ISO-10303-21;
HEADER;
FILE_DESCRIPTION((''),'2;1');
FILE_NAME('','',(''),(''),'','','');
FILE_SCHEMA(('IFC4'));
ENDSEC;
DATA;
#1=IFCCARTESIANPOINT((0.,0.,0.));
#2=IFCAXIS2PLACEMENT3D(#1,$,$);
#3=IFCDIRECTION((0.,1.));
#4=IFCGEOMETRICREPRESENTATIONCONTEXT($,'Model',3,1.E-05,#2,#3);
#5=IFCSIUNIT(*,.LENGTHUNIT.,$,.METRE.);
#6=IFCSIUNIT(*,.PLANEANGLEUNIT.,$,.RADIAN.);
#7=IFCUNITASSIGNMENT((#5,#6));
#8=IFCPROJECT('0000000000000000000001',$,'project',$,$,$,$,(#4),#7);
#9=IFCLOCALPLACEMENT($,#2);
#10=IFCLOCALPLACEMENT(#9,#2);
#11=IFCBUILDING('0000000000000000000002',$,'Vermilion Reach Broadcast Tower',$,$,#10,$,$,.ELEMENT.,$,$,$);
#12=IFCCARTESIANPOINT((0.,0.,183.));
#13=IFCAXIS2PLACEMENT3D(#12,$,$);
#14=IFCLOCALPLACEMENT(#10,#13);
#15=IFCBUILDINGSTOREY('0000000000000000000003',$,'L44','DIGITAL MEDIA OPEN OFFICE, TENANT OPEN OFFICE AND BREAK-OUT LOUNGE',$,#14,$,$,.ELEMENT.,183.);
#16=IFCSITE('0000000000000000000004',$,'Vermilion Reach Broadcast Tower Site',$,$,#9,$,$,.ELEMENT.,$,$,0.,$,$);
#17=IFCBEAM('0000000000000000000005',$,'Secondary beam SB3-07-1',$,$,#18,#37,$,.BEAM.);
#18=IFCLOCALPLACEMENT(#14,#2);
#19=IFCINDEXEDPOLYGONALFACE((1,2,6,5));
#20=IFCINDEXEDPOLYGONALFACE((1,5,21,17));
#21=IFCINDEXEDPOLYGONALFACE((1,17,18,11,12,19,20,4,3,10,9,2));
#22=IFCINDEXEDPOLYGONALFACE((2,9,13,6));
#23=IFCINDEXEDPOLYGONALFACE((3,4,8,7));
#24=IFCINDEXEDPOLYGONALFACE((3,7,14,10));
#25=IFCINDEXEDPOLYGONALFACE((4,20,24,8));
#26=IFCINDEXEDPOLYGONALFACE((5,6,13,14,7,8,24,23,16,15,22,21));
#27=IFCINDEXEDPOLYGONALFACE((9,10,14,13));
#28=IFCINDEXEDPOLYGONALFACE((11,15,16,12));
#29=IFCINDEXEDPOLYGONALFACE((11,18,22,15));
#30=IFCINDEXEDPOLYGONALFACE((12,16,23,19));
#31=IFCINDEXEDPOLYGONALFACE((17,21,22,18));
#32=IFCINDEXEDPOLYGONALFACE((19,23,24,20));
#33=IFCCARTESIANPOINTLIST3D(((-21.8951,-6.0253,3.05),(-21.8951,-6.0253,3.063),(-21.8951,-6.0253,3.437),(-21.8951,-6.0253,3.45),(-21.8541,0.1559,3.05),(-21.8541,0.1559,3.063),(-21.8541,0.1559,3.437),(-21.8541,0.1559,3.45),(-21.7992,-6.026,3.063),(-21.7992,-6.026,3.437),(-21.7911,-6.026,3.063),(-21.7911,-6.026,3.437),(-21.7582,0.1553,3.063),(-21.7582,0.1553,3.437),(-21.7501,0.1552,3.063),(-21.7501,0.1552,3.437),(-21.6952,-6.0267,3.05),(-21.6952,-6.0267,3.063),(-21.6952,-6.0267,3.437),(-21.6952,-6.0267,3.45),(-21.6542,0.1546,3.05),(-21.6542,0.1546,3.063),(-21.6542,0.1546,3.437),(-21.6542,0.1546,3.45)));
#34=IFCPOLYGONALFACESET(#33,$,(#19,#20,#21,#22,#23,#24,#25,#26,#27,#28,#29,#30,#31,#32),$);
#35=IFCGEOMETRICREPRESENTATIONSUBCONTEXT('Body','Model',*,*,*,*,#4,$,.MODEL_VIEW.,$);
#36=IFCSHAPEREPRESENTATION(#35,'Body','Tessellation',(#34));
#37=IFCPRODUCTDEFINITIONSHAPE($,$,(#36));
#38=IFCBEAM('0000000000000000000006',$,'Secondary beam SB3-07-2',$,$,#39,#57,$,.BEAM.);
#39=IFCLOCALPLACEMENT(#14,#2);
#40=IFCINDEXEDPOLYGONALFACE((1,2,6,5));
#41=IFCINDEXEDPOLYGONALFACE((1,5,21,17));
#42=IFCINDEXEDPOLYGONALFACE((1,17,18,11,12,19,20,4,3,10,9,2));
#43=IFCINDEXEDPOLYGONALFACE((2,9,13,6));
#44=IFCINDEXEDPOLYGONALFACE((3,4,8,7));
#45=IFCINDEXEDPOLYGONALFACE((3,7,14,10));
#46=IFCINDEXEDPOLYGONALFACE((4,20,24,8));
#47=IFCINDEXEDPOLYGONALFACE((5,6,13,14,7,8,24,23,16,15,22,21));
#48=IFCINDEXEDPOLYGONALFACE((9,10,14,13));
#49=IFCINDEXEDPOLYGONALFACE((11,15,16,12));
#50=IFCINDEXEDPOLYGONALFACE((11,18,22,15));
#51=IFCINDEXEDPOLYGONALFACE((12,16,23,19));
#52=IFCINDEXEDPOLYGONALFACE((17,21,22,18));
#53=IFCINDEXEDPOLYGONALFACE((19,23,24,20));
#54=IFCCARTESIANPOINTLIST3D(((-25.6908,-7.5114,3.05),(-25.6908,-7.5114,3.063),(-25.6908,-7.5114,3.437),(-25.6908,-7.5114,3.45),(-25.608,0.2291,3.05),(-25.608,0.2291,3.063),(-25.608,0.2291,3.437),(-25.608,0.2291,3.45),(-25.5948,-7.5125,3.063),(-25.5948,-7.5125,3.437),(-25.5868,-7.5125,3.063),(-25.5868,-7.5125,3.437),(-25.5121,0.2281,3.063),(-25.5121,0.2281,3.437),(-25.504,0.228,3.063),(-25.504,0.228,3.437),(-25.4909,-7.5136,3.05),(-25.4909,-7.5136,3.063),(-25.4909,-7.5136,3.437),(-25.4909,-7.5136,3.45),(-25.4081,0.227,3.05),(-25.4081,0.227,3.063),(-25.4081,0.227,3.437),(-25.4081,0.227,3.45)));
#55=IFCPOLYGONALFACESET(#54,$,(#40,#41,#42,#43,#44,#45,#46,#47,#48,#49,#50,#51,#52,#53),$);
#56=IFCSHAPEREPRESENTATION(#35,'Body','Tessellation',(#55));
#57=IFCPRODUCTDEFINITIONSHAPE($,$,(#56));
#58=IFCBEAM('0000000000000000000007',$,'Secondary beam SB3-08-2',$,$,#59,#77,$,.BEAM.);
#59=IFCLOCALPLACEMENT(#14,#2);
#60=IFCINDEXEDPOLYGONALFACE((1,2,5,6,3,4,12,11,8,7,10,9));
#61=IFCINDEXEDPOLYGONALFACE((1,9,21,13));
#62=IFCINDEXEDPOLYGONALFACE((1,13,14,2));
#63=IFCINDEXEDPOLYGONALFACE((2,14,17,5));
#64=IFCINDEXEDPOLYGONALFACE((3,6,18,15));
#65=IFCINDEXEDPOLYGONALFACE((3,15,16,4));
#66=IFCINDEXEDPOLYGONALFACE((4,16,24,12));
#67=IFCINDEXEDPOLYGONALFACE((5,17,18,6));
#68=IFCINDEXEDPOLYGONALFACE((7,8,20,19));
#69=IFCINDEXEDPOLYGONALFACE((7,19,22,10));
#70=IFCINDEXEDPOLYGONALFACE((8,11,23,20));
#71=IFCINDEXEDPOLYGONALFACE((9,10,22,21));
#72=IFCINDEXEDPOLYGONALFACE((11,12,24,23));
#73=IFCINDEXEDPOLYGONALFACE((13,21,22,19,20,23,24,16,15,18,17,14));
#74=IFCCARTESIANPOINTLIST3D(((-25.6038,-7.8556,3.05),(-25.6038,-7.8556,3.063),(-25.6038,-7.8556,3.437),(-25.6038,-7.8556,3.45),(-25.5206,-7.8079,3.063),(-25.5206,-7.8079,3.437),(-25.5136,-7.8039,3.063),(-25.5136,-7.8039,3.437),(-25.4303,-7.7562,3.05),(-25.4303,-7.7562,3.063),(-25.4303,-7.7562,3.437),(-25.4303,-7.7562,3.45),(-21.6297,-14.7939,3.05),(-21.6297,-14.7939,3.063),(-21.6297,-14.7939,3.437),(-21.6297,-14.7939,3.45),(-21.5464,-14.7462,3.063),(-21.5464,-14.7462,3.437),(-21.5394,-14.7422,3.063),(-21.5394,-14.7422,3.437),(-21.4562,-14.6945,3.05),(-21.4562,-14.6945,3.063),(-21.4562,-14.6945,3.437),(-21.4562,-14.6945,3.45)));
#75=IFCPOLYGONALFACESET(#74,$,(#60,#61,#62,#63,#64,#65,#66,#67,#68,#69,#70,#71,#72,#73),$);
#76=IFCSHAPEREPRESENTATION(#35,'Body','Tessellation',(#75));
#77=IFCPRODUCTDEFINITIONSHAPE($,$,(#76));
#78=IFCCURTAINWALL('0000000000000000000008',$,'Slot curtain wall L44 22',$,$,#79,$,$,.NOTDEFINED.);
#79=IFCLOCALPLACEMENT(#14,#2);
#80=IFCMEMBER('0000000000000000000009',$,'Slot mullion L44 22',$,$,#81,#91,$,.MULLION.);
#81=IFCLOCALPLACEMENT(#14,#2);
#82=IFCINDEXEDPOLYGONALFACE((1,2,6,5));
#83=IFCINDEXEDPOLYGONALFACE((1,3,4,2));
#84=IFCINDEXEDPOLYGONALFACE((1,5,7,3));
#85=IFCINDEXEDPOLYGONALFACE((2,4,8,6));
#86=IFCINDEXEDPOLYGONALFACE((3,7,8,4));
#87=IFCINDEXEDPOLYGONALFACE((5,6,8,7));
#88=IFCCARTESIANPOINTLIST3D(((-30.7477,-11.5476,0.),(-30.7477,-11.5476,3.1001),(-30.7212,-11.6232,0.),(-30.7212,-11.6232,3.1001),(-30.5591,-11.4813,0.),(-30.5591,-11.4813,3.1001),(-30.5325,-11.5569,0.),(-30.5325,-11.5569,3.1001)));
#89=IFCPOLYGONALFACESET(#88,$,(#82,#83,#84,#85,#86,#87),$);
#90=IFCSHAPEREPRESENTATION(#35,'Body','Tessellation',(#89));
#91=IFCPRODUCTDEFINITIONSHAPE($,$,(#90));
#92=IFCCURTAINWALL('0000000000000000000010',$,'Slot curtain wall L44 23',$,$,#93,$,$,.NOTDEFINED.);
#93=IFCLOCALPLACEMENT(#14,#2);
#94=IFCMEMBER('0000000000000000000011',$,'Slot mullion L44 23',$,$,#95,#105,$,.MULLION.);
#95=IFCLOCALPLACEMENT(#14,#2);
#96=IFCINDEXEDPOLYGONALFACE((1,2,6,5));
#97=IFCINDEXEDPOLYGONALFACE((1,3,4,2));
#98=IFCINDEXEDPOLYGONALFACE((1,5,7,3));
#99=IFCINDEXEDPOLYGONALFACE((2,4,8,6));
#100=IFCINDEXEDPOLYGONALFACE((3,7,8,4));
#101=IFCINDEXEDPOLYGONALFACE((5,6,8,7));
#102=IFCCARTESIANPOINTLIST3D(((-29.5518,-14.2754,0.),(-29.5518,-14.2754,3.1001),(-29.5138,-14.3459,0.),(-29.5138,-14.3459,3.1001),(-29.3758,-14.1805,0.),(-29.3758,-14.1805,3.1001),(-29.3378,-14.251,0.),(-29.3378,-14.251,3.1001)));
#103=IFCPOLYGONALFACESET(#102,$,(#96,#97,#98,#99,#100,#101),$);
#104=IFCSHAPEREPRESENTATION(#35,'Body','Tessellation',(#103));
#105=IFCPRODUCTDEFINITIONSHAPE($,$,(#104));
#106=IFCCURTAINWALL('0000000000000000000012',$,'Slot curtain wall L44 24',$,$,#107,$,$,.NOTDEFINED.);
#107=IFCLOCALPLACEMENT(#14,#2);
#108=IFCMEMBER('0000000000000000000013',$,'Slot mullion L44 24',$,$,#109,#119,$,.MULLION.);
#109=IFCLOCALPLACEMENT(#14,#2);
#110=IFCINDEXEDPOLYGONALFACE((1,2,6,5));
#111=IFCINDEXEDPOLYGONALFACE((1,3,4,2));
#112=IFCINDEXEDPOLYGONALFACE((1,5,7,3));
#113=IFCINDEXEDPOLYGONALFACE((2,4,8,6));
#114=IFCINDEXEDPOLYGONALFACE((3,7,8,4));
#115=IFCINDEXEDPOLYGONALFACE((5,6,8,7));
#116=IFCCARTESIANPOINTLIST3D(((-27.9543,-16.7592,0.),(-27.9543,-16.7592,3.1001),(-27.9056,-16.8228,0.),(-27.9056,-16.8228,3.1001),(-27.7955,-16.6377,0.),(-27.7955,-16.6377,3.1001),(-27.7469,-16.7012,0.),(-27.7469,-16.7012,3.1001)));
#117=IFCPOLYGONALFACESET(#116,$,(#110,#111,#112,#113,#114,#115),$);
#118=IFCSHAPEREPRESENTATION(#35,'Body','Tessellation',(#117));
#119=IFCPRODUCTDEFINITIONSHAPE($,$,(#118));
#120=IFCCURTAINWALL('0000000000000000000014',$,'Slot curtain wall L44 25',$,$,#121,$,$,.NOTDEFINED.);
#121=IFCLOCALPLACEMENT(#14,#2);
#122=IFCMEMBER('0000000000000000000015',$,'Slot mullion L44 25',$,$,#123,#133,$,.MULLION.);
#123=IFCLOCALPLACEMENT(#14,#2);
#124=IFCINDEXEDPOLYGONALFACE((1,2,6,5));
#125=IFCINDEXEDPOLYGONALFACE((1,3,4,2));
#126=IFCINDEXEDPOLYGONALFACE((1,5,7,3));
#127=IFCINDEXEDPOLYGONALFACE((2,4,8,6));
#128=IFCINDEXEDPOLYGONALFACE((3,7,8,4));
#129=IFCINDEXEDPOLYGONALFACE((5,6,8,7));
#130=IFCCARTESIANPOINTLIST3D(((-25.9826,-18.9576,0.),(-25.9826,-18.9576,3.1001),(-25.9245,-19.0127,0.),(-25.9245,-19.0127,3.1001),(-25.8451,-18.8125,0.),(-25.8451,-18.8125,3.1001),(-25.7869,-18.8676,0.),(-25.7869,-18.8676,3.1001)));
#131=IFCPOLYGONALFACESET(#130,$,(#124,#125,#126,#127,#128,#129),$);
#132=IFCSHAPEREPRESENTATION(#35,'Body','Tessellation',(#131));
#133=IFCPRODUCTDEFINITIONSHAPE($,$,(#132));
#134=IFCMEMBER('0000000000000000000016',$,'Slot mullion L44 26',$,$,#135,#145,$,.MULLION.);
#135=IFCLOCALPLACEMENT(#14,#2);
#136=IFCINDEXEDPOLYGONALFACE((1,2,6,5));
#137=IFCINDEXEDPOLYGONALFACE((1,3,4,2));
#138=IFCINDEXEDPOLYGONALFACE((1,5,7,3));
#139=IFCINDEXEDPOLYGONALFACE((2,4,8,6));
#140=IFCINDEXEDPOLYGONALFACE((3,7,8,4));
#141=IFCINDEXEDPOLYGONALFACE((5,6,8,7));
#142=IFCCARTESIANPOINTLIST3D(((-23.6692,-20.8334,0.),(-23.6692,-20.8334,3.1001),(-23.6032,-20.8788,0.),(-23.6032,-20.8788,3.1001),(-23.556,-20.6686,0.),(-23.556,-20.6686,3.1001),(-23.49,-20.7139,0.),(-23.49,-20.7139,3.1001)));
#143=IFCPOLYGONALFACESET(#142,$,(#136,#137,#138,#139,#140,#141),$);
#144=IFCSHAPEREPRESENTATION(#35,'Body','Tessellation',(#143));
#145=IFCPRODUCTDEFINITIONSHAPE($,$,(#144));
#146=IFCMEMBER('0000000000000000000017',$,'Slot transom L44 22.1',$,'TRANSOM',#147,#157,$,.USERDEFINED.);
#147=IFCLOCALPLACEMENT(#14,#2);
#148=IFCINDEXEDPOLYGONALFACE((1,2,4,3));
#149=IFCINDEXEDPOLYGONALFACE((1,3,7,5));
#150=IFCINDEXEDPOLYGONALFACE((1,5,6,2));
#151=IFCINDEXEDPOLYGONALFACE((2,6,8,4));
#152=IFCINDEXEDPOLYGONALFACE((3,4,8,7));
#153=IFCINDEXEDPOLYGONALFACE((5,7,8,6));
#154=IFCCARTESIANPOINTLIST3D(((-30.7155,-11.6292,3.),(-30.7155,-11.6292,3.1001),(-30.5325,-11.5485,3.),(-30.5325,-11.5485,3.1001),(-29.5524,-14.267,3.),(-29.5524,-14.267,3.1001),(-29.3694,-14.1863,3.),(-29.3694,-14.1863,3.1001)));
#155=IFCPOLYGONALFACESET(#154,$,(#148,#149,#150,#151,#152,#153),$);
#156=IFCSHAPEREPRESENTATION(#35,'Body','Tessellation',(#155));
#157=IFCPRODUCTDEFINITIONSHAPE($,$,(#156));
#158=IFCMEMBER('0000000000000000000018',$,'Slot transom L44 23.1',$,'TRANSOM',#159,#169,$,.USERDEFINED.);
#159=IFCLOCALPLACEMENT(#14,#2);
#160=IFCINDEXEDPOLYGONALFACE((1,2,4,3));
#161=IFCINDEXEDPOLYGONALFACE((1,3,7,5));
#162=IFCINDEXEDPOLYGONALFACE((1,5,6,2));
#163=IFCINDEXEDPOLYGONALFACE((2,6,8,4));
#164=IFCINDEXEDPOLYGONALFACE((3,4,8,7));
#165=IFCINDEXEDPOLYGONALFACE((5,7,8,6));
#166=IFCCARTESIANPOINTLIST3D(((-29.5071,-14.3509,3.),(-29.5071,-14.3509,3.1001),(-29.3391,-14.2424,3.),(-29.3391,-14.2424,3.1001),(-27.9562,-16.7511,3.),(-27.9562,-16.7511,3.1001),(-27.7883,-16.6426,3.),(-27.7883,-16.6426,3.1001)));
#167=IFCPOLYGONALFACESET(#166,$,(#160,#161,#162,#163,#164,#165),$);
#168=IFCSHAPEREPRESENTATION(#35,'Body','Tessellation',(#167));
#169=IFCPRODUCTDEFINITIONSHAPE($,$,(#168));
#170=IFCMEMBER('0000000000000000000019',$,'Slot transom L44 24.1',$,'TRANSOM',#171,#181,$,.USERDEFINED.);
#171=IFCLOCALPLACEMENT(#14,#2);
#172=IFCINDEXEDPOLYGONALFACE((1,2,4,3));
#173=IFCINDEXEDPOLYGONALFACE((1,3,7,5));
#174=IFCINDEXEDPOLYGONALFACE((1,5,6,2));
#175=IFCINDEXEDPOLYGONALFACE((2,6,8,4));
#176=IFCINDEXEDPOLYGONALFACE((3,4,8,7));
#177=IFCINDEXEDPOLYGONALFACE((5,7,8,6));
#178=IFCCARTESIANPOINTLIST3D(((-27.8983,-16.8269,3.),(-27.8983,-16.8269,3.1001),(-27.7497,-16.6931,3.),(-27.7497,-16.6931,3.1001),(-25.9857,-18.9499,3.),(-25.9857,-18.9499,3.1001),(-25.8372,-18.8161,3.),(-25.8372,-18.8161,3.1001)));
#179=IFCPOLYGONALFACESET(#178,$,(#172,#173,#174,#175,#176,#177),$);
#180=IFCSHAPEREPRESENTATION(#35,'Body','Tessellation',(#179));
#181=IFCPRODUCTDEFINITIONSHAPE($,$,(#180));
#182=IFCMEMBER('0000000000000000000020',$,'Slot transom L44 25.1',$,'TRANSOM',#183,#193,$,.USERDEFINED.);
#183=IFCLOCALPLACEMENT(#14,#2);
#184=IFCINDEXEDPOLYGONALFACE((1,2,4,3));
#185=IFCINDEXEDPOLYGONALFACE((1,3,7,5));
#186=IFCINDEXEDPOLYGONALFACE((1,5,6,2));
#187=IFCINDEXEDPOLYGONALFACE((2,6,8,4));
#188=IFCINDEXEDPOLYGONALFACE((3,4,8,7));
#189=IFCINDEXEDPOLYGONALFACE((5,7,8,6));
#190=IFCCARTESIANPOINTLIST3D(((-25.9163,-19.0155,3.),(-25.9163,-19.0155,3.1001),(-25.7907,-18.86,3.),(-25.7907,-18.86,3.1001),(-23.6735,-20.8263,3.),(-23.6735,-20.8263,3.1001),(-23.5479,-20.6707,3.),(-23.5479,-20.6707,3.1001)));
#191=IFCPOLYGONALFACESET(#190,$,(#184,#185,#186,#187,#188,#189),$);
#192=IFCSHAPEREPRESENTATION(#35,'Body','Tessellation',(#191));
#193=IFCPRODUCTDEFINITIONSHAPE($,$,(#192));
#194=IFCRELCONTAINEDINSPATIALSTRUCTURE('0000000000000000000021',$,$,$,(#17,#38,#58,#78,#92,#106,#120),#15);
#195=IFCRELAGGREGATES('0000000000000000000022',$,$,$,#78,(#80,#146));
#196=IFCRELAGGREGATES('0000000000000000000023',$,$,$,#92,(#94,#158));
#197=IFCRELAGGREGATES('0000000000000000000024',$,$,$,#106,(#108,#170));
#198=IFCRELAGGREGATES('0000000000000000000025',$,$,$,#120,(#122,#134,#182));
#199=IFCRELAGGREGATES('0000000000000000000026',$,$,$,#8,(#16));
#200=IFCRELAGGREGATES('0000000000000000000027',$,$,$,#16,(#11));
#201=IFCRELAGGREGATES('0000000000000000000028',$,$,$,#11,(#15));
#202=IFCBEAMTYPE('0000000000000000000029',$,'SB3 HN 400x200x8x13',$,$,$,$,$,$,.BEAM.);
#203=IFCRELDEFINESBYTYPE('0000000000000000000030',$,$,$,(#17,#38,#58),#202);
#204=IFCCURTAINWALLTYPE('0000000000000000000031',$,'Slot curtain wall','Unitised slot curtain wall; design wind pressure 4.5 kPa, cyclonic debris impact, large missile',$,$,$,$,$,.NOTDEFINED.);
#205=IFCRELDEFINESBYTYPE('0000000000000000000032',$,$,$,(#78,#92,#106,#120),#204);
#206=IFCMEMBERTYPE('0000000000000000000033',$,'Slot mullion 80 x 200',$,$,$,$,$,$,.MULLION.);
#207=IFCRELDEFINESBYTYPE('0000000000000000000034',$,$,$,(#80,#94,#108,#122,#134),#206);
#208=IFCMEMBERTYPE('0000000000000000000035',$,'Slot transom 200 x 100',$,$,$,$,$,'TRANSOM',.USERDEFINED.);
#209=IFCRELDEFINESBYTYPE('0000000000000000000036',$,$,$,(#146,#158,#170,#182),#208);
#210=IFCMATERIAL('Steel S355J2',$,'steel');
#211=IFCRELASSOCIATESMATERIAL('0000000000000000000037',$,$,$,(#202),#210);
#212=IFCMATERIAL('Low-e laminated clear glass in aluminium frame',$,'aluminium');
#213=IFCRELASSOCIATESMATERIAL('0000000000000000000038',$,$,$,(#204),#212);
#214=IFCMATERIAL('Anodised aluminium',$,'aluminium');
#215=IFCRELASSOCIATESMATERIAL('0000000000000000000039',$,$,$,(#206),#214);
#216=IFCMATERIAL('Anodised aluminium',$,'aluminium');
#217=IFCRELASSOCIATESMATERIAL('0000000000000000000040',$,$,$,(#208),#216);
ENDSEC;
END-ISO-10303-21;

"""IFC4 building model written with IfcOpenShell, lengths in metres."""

from ifc_helpers import new_model, si_unit, direction, frame, origin, origin_2d, place, context, subcontext, project, spatial, rectangle, i_section, extrude, material, material_profile, profile_set, type_object, element, aggregate, save


model = new_model("IFC4")

# Units and contexts
model_context = context("Model", 3, precision=1e-05, world=origin(), true_north=direction((0.0, 1.0)))
body_context = subcontext(model_context, "Body", "Model", "MODEL_VIEW")
ifc_project = project(units=[si_unit("LENGTHUNIT", "METRE"), si_unit("PLANEANGLEUNIT", "RADIAN")], contexts=[model_context])

# Site, building, storey
site_placement = place(None, origin())
site = spatial("IfcSite", under=ifc_project, at=site_placement, Name="Vermilion Reach Broadcast Tower Site", CompositionType="ELEMENT", RefElevation=0.0)
building_placement = place(site_placement, origin())
building = spatial("IfcBuilding", under=site, at=building_placement, Name="Vermilion Reach Broadcast Tower", CompositionType="ELEMENT")
storey_placement = place(building_placement, frame((0.0, 0.0, 183.0)))
storey = spatial("IfcBuildingStorey", under=building, at=storey_placement, Name="L44", Description="DIGITAL MEDIA OPEN OFFICE, TENANT OPEN OFFICE AND BREAK-OUT LOUNGE", CompositionType="ELEMENT", Elevation=183.0)

# Beams
ifc_material_1 = material(Name="Steel S355J2", Category="steel")
ifc_material_profile_1 = material_profile(ifc_material_1, i_section(OverallWidth=0.2, OverallDepth=0.3999, WebThickness=0.0081, FlangeThickness=0.0129, at=origin_2d()), Name="S355J2 HN 400x200x8x13")
ifc_profile_set_1 = profile_set([ifc_material_profile_1], Name="Steel S355J2")
beam_type_1 = type_object("IfcBeamType", Name="SB3 HN 400x200x8x13", PredefinedType="BEAM", material=ifc_profile_set_1)
beam_1_placement = place(storey_placement, frame((-21.7542, 0.1553, 3.25), z_axis=(-0.006635, -0.999978, 0.0), x_axis=(0.999978, -0.006635, 0.0)))
element("IfcBeam", 1, at=beam_1_placement, inside=storey, type_object=beam_type_1, Name="Secondary beam SB3-07-1", PredefinedType="BEAM", context=body_context, shape_type="SweptSolid", body=[
    extrude(i_section(OverallWidth=0.2, OverallDepth=0.3999, WebThickness=0.0081, FlangeThickness=0.0129, at=origin_2d()), origin(), (0.0, 0.0, 1.0), 6.1814),
])
beam_2_placement = place(storey_placement, frame((-25.5081, 0.228, 3.25), z_axis=(-0.010692, -0.999943, 0.0), x_axis=(0.999943, -0.010692, 0.0)))
element("IfcBeam", 2, at=beam_2_placement, inside=storey, type_object=beam_type_1, Name="Secondary beam SB3-07-2", PredefinedType="BEAM", context=body_context, shape_type="SweptSolid", body=[
    extrude(i_section(OverallWidth=0.2, OverallDepth=0.3999, WebThickness=0.0081, FlangeThickness=0.0129, at=origin_2d()), origin(), (0.0, 0.0, 1.0), 7.741),
])
beam_3_placement = place(storey_placement, frame((-25.5171, -7.8059, 3.25), z_axis=(0.497027, -0.867735, 0.0), x_axis=(0.867735, 0.497027, 0.0)))
element("IfcBeam", 3, at=beam_3_placement, inside=storey, type_object=beam_type_1, Name="Secondary beam SB3-08-2", PredefinedType="BEAM", context=body_context, shape_type="SweptSolid", body=[
    extrude(i_section(OverallWidth=0.2, OverallDepth=0.3999, WebThickness=0.0081, FlangeThickness=0.0129, at=origin_2d()), origin(), (0.0, 0.0, 1.0), 7.9958),
])

# Curtain walls, members
ifc_material_2 = material(Name="Low-e laminated clear glass in aluminium frame", Category="aluminium")
curtain_wall_type = type_object("IfcCurtainWallType", Name="Slot curtain wall", Description="Unitised slot curtain wall; design wind pressure 4.5 kPa, cyclonic debris impact, large missile", PredefinedType="NOTDEFINED", material=ifc_material_2)
placement = place(storey_placement, origin())
curtain_wall_1 = element("IfcCurtainWall", 4, at=placement, inside=storey, type_object=curtain_wall_type, Name="Slot curtain wall L44 22", PredefinedType="NOTDEFINED")
ifc_material_3 = material(Name="Anodised aluminium", Category="aluminium")
ifc_material_profile_2 = material_profile(ifc_material_3, rectangle(XDim=0.2, YDim=0.0801, at=origin_2d()), Name="Slot mullion 80 x 200")
ifc_profile_set_2 = profile_set([ifc_material_profile_2], Name="Anodised aluminium")
member_type_1 = type_object("IfcMemberType", Name="Slot mullion 80 x 200", PredefinedType="MULLION", material=ifc_profile_set_2)
member_1_placement = place(storey_placement, frame((-30.6401, -11.5522, 0.0), z_axis=(0.0, 0.0, 1.0), x_axis=(0.943416, 0.33161, 0.0)))
member_1 = element("IfcMember", 5, at=member_1_placement, type_object=member_type_1, Name="Slot mullion L44 22", PredefinedType="MULLION", context=body_context, shape_type="SweptSolid", body=[
    extrude(rectangle(XDim=0.2, YDim=0.0801, at=origin_2d()), origin(), (0.0, 0.0, 1.0), 3.1001),
])
curtain_wall_2 = element("IfcCurtainWall", 6, at=placement, inside=storey, type_object=curtain_wall_type, Name="Slot curtain wall L44 23", PredefinedType="NOTDEFINED")
member_2_placement = place(storey_placement, frame((-29.4448, -14.2632, 0.0), z_axis=(0.0, 0.0, 1.0), x_axis=(0.88022, 0.474566, 0.0)))
member_2 = element("IfcMember", 7, at=member_2_placement, type_object=member_type_1, Name="Slot mullion L44 23", PredefinedType="MULLION", context=body_context, shape_type="SweptSolid", body=[
    extrude(rectangle(XDim=0.2, YDim=0.0801, at=origin_2d()), origin(), (0.0, 0.0, 1.0), 3.1001),
])
curtain_wall_3 = element("IfcCurtainWall", 8, at=placement, inside=storey, type_object=curtain_wall_type, Name="Slot curtain wall L44 24", PredefinedType="NOTDEFINED")
member_3_placement = place(storey_placement, frame((-27.8506, -16.7302, 0.0), z_axis=(0.0, 0.0, 1.0), x_axis=(0.79399, 0.60793, 0.0)))
member_3 = element("IfcMember", 9, at=member_3_placement, type_object=member_type_1, Name="Slot mullion L44 24", PredefinedType="MULLION", context=body_context, shape_type="SweptSolid", body=[
    extrude(rectangle(XDim=0.2, YDim=0.0801, at=origin_2d()), origin(), (0.0, 0.0, 1.0), 3.1001),
])

# Curtain wall, members
curtain_wall_4 = element("IfcCurtainWall", 10, at=placement, inside=storey, type_object=curtain_wall_type, Name="Slot curtain wall L44 25", PredefinedType="NOTDEFINED")
member_4_placement = place(storey_placement, frame((-25.8848, -18.9126, 0.0), z_axis=(0.0, 0.0, 1.0), x_axis=(0.687735, 0.725961, 0.0)))
member_4 = element("IfcMember", 11, at=member_4_placement, type_object=member_type_1, Name="Slot mullion L44 25", PredefinedType="MULLION", context=body_context, shape_type="SweptSolid", body=[
    extrude(rectangle(XDim=0.2, YDim=0.0801, at=origin_2d()), origin(), (0.0, 0.0, 1.0), 3.1001),
])
member_5_placement = place(storey_placement, frame((-23.5796, -20.7737, 0.0), z_axis=(0.0, 0.0, 1.0), x_axis=(0.566213, 0.824259, 0.0)))
member_5 = element("IfcMember", 12, at=member_5_placement, type_object=member_type_1, Name="Slot mullion L44 26", PredefinedType="MULLION", context=body_context, shape_type="SweptSolid", body=[
    extrude(rectangle(XDim=0.2, YDim=0.0801, at=origin_2d()), origin(), (0.0, 0.0, 1.0), 3.1001),
])

# Members
ifc_material_4 = material(Name="Anodised aluminium", Category="aluminium")
ifc_material_profile_3 = material_profile(ifc_material_4, rectangle(XDim=0.2, YDim=0.1001, at=origin_2d()), Name="Slot transom 200 x 100")
ifc_profile_set_3 = profile_set([ifc_material_profile_3], Name="Anodised aluminium")
member_type_2 = type_object("IfcMemberType", Name="Slot transom 200 x 100", ElementType="TRANSOM", PredefinedType="USERDEFINED", material=ifc_profile_set_3)
member_6_placement = place(storey_placement, frame((-30.624, -11.5889, 3.05), z_axis=(0.403465, -0.914995, 0.0), x_axis=(0.914995, 0.403465, 0.0)))
member_6 = element("IfcMember", 13, at=member_6_placement, type_object=member_type_2, Name="Slot transom L44 22.1", ObjectType="TRANSOM", PredefinedType="USERDEFINED", context=body_context, shape_type="SweptSolid", body=[
    extrude(rectangle(XDim=0.2, YDim=0.1001, at=origin_2d()), origin(), (0.0, 0.0, 1.0), 2.8828),
])
member_7_placement = place(storey_placement, frame((-29.4231, -14.2966, 3.05), z_axis=(0.542695, -0.83993, 0.0), x_axis=(0.83993, 0.542695, 0.0)))
member_7 = element("IfcMember", 14, at=member_7_placement, type_object=member_type_2, Name="Slot transom L44 23.1", ObjectType="TRANSOM", PredefinedType="USERDEFINED", context=body_context, shape_type="SweptSolid", body=[
    extrude(rectangle(XDim=0.2, YDim=0.1001, at=origin_2d()), origin(), (0.0, 0.0, 1.0), 2.8577),
])
member_8_placement = place(storey_placement, frame((-27.824, -16.76, 3.05), z_axis=(0.669323, -0.742971, 0.0), x_axis=(0.742971, 0.669323, 0.0)))
member_8 = element("IfcMember", 15, at=member_8_placement, type_object=member_type_2, Name="Slot transom L44 24.1", ObjectType="TRANSOM", PredefinedType="USERDEFINED", context=body_context, shape_type="SweptSolid", body=[
    extrude(rectangle(XDim=0.2, YDim=0.1001, at=origin_2d()), origin(), (0.0, 0.0, 1.0), 2.8574),
])
member_9_placement = place(storey_placement, frame((-25.8535, -18.9377, 3.05), z_axis=(0.778077, -0.62817, 0.0), x_axis=(0.62817, 0.778077, 0.0)))
member_9 = element("IfcMember", 16, at=member_9_placement, type_object=member_type_2, Name="Slot transom L44 25.1", ObjectType="TRANSOM", PredefinedType="USERDEFINED", context=body_context, shape_type="SweptSolid", body=[
    extrude(rectangle(XDim=0.2, YDim=0.1001, at=origin_2d()), origin(), (0.0, 0.0, 1.0), 2.8826),
])

aggregate(curtain_wall_1, [member_1, member_6])
aggregate(curtain_wall_2, [member_2, member_7])
aggregate(curtain_wall_3, [member_3, member_8])
aggregate(curtain_wall_4, [member_4, member_5, member_9])

save(model, "model.ifc")
